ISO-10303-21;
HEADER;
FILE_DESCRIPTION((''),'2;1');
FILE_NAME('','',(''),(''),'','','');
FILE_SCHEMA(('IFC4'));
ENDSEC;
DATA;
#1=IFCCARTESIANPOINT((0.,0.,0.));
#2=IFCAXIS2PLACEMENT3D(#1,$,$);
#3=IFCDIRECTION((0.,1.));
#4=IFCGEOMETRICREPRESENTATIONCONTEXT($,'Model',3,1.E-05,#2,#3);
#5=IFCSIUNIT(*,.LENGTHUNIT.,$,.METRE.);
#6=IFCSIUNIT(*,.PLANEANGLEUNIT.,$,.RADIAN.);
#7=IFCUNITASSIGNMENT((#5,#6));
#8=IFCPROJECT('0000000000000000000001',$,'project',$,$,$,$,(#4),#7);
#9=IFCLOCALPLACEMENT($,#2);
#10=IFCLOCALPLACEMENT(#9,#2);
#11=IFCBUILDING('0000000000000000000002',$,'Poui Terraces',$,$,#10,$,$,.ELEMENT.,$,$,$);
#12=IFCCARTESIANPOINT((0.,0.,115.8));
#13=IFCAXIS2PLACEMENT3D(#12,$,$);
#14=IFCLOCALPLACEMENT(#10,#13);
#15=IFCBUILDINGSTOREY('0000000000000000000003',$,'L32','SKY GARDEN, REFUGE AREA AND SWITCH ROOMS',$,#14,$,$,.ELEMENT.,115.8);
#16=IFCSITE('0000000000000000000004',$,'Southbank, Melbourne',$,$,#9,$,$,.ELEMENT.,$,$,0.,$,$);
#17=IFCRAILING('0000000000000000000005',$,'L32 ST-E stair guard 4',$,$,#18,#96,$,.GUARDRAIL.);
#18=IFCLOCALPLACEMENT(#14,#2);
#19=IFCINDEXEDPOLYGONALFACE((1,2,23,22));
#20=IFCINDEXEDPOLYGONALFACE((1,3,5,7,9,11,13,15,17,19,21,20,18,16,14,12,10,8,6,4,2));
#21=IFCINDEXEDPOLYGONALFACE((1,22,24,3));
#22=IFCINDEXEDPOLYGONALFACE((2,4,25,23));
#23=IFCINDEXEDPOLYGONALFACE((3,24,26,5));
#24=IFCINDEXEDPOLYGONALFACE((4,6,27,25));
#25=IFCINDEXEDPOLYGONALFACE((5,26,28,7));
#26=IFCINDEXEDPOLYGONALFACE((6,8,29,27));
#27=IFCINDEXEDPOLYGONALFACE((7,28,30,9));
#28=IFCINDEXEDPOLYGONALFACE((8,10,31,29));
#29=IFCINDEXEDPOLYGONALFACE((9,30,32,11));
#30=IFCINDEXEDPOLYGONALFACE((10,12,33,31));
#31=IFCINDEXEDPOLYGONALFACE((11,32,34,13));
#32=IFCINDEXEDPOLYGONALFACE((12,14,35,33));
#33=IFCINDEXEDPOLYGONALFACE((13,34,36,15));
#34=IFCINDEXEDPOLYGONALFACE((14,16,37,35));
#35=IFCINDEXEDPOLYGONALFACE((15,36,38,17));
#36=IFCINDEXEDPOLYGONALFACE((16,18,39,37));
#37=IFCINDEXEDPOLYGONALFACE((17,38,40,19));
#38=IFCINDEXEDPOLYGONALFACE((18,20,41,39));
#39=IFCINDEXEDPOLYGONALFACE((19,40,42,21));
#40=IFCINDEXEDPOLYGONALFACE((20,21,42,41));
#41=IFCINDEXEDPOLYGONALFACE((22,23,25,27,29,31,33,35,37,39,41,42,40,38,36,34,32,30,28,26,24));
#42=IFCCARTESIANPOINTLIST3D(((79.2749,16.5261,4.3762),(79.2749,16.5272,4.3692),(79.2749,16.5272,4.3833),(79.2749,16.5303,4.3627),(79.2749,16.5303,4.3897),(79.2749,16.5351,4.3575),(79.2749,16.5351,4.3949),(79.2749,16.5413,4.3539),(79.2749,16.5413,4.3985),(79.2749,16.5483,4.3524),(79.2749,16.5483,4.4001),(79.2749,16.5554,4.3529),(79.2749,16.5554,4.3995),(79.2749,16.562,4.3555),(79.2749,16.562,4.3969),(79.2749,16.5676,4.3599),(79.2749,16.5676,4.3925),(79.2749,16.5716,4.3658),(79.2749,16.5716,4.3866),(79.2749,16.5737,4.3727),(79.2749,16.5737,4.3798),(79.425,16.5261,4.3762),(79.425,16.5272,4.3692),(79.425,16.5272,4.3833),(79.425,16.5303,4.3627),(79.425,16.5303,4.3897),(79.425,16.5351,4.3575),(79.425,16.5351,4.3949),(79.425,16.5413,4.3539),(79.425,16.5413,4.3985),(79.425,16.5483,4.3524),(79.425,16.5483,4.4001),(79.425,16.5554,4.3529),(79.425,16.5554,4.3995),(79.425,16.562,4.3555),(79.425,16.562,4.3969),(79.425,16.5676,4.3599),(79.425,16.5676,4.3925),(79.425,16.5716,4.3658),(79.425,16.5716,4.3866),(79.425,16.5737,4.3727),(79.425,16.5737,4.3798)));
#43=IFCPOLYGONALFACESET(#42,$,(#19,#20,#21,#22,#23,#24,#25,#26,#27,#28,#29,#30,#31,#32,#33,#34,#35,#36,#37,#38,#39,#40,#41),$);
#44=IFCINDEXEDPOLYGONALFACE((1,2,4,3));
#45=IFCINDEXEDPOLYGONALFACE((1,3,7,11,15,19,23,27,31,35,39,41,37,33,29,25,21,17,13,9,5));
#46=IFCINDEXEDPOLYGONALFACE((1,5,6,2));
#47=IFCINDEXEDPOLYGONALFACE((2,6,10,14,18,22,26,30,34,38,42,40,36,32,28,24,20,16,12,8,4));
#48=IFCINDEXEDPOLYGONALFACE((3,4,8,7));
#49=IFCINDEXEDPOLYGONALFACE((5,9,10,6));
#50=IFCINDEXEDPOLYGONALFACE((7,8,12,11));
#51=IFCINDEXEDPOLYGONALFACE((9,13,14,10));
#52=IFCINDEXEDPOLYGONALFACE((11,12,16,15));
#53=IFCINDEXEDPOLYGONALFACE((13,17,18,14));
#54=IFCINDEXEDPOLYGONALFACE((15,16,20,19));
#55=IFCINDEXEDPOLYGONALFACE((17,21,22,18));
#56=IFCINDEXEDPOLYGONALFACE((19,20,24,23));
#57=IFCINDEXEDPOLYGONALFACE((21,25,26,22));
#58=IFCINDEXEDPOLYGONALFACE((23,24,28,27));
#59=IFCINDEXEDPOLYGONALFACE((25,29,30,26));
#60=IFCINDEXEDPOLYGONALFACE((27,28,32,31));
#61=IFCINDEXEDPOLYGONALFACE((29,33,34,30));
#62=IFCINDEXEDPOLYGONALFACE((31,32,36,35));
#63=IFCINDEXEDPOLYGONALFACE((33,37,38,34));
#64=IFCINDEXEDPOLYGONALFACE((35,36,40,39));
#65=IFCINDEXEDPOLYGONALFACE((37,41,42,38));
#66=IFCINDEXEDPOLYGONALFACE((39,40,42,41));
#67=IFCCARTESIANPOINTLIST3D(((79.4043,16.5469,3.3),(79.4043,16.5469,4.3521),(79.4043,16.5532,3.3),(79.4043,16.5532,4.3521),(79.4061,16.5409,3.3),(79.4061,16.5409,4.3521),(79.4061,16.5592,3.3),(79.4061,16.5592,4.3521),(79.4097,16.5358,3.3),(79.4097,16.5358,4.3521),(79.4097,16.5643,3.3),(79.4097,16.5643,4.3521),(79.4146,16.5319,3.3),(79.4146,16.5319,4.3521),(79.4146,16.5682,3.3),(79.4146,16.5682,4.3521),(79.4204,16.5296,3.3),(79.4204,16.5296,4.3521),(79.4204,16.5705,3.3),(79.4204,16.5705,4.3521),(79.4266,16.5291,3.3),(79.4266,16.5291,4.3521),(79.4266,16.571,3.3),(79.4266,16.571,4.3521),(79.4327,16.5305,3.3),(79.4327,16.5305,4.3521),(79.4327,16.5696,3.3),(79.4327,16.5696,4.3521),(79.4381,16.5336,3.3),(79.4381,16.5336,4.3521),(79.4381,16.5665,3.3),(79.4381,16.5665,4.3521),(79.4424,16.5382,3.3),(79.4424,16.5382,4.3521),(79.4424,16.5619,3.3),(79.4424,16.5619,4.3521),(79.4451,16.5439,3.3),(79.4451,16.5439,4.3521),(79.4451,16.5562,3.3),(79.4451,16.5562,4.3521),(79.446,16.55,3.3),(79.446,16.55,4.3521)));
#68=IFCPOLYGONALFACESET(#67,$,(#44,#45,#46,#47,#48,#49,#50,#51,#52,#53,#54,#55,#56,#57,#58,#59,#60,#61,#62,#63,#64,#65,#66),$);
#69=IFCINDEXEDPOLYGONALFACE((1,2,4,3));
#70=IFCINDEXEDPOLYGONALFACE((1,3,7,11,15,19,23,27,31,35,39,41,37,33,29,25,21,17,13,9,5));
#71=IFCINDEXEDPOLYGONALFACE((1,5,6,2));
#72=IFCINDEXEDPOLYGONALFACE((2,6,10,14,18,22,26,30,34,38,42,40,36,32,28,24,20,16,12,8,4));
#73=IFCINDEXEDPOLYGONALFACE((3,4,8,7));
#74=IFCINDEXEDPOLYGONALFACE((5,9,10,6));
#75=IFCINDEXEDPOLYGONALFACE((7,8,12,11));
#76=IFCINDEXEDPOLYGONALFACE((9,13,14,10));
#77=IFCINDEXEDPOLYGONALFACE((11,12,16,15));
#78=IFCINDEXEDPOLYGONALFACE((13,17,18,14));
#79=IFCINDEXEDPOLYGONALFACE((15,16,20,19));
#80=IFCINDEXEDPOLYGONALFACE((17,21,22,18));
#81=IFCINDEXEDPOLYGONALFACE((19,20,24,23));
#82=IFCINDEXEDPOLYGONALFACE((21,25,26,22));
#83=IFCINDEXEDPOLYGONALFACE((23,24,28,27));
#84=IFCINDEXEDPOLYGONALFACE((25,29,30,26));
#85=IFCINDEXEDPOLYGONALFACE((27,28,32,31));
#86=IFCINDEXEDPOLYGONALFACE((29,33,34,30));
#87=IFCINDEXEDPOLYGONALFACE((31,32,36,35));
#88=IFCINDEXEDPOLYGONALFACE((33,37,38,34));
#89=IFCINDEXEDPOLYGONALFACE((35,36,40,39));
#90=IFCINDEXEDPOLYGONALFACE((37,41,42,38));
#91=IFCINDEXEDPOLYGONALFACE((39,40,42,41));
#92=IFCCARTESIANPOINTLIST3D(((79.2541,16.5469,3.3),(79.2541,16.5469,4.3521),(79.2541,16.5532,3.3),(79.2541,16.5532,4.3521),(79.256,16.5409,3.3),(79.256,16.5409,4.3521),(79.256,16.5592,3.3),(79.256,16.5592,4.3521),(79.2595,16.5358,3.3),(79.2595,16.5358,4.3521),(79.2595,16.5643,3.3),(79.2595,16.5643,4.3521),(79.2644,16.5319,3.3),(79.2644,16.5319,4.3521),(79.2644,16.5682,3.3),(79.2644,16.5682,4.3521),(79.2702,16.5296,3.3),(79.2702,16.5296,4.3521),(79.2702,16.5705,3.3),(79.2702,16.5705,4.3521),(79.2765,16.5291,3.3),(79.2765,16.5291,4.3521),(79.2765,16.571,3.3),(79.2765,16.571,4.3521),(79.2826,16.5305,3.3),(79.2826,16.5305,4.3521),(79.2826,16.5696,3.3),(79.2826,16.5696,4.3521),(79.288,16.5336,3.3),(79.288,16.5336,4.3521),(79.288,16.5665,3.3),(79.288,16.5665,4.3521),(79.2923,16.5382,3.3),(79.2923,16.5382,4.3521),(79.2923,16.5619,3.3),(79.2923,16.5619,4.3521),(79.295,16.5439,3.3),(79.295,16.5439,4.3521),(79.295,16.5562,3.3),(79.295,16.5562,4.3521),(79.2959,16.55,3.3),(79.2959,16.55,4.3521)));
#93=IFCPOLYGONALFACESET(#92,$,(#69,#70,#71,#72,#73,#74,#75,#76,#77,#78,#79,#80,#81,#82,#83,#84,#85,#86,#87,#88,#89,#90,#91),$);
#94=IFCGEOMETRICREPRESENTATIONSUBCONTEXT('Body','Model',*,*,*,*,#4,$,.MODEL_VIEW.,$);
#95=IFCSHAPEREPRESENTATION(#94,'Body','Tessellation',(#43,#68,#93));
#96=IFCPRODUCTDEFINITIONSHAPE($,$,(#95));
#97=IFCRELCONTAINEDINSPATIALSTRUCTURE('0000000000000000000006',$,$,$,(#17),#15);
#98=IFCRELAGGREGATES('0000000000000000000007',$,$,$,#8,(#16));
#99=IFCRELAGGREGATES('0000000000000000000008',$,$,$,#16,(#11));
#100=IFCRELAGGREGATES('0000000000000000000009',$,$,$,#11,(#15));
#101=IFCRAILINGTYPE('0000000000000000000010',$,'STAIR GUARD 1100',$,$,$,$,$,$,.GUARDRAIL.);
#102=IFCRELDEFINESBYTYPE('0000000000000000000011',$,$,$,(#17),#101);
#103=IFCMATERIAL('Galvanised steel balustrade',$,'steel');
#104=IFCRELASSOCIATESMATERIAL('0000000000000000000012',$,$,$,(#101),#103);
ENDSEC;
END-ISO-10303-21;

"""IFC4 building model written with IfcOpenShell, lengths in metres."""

from ifc_helpers import new_model, si_unit, direction, frame, origin, origin_2d, place, context, subcontext, project, spatial, circle, extrude, material, type_object, element, save


model = new_model("IFC4")

# Units and contexts
model_context = context("Model", 3, precision=1e-05, world=origin(), true_north=direction((0.0, 1.0)))
body_context = subcontext(model_context, "Body", "Model", "MODEL_VIEW")
ifc_project = project(units=[si_unit("LENGTHUNIT", "METRE"), si_unit("PLANEANGLEUNIT", "RADIAN")], contexts=[model_context])

# Site, building, storey
site_placement = place(None, origin())
site = spatial("IfcSite", under=ifc_project, at=site_placement, Name="Southbank, Melbourne", CompositionType="ELEMENT", RefElevation=0.0)
building_placement = place(site_placement, origin())
building = spatial("IfcBuilding", under=site, at=building_placement, Name="Poui Terraces", CompositionType="ELEMENT")
storey_placement = place(building_placement, frame((0.0, 0.0, 115.8)))
storey = spatial("IfcBuildingStorey", under=building, at=storey_placement, Name="L32", Description="SKY GARDEN, REFUGE AREA AND SWITCH ROOMS", CompositionType="ELEMENT", Elevation=115.8)

# Railing
ifc_material_1 = material(Name="Galvanised steel balustrade", Category="steel")
railing_type = type_object("IfcRailingType", Name="STAIR GUARD 1100", PredefinedType="GUARDRAIL", material=ifc_material_1)
railing_placement = place(storey_placement, frame((79.425, 16.55, 3.3)))
element("IfcRailing", 1, at=railing_placement, inside=storey, type_object=railing_type, Name="L32 ST-E stair guard 4", PredefinedType="GUARDRAIL", context=body_context, shape_type="SweptSolid", body=[
    extrude(circle(Radius=0.0239, at=origin_2d()), frame((0.0, 0.0, 1.0762), z_axis=(-1.0, 0.0, 0.0), x_axis=(0.0, -1.0, 0.0)), (0.0, 0.0, 1.0), 0.1501),
    extrude(circle(Radius=0.021, at=origin_2d()), origin(), (0.0, 0.0, 1.0), 1.052),
    extrude(circle(Radius=0.021, at=origin_2d()), frame((-0.1501, 0.0, 0.0)), (0.0, 0.0, 1.0), 1.052),
])

save(model, "model.ifc")
